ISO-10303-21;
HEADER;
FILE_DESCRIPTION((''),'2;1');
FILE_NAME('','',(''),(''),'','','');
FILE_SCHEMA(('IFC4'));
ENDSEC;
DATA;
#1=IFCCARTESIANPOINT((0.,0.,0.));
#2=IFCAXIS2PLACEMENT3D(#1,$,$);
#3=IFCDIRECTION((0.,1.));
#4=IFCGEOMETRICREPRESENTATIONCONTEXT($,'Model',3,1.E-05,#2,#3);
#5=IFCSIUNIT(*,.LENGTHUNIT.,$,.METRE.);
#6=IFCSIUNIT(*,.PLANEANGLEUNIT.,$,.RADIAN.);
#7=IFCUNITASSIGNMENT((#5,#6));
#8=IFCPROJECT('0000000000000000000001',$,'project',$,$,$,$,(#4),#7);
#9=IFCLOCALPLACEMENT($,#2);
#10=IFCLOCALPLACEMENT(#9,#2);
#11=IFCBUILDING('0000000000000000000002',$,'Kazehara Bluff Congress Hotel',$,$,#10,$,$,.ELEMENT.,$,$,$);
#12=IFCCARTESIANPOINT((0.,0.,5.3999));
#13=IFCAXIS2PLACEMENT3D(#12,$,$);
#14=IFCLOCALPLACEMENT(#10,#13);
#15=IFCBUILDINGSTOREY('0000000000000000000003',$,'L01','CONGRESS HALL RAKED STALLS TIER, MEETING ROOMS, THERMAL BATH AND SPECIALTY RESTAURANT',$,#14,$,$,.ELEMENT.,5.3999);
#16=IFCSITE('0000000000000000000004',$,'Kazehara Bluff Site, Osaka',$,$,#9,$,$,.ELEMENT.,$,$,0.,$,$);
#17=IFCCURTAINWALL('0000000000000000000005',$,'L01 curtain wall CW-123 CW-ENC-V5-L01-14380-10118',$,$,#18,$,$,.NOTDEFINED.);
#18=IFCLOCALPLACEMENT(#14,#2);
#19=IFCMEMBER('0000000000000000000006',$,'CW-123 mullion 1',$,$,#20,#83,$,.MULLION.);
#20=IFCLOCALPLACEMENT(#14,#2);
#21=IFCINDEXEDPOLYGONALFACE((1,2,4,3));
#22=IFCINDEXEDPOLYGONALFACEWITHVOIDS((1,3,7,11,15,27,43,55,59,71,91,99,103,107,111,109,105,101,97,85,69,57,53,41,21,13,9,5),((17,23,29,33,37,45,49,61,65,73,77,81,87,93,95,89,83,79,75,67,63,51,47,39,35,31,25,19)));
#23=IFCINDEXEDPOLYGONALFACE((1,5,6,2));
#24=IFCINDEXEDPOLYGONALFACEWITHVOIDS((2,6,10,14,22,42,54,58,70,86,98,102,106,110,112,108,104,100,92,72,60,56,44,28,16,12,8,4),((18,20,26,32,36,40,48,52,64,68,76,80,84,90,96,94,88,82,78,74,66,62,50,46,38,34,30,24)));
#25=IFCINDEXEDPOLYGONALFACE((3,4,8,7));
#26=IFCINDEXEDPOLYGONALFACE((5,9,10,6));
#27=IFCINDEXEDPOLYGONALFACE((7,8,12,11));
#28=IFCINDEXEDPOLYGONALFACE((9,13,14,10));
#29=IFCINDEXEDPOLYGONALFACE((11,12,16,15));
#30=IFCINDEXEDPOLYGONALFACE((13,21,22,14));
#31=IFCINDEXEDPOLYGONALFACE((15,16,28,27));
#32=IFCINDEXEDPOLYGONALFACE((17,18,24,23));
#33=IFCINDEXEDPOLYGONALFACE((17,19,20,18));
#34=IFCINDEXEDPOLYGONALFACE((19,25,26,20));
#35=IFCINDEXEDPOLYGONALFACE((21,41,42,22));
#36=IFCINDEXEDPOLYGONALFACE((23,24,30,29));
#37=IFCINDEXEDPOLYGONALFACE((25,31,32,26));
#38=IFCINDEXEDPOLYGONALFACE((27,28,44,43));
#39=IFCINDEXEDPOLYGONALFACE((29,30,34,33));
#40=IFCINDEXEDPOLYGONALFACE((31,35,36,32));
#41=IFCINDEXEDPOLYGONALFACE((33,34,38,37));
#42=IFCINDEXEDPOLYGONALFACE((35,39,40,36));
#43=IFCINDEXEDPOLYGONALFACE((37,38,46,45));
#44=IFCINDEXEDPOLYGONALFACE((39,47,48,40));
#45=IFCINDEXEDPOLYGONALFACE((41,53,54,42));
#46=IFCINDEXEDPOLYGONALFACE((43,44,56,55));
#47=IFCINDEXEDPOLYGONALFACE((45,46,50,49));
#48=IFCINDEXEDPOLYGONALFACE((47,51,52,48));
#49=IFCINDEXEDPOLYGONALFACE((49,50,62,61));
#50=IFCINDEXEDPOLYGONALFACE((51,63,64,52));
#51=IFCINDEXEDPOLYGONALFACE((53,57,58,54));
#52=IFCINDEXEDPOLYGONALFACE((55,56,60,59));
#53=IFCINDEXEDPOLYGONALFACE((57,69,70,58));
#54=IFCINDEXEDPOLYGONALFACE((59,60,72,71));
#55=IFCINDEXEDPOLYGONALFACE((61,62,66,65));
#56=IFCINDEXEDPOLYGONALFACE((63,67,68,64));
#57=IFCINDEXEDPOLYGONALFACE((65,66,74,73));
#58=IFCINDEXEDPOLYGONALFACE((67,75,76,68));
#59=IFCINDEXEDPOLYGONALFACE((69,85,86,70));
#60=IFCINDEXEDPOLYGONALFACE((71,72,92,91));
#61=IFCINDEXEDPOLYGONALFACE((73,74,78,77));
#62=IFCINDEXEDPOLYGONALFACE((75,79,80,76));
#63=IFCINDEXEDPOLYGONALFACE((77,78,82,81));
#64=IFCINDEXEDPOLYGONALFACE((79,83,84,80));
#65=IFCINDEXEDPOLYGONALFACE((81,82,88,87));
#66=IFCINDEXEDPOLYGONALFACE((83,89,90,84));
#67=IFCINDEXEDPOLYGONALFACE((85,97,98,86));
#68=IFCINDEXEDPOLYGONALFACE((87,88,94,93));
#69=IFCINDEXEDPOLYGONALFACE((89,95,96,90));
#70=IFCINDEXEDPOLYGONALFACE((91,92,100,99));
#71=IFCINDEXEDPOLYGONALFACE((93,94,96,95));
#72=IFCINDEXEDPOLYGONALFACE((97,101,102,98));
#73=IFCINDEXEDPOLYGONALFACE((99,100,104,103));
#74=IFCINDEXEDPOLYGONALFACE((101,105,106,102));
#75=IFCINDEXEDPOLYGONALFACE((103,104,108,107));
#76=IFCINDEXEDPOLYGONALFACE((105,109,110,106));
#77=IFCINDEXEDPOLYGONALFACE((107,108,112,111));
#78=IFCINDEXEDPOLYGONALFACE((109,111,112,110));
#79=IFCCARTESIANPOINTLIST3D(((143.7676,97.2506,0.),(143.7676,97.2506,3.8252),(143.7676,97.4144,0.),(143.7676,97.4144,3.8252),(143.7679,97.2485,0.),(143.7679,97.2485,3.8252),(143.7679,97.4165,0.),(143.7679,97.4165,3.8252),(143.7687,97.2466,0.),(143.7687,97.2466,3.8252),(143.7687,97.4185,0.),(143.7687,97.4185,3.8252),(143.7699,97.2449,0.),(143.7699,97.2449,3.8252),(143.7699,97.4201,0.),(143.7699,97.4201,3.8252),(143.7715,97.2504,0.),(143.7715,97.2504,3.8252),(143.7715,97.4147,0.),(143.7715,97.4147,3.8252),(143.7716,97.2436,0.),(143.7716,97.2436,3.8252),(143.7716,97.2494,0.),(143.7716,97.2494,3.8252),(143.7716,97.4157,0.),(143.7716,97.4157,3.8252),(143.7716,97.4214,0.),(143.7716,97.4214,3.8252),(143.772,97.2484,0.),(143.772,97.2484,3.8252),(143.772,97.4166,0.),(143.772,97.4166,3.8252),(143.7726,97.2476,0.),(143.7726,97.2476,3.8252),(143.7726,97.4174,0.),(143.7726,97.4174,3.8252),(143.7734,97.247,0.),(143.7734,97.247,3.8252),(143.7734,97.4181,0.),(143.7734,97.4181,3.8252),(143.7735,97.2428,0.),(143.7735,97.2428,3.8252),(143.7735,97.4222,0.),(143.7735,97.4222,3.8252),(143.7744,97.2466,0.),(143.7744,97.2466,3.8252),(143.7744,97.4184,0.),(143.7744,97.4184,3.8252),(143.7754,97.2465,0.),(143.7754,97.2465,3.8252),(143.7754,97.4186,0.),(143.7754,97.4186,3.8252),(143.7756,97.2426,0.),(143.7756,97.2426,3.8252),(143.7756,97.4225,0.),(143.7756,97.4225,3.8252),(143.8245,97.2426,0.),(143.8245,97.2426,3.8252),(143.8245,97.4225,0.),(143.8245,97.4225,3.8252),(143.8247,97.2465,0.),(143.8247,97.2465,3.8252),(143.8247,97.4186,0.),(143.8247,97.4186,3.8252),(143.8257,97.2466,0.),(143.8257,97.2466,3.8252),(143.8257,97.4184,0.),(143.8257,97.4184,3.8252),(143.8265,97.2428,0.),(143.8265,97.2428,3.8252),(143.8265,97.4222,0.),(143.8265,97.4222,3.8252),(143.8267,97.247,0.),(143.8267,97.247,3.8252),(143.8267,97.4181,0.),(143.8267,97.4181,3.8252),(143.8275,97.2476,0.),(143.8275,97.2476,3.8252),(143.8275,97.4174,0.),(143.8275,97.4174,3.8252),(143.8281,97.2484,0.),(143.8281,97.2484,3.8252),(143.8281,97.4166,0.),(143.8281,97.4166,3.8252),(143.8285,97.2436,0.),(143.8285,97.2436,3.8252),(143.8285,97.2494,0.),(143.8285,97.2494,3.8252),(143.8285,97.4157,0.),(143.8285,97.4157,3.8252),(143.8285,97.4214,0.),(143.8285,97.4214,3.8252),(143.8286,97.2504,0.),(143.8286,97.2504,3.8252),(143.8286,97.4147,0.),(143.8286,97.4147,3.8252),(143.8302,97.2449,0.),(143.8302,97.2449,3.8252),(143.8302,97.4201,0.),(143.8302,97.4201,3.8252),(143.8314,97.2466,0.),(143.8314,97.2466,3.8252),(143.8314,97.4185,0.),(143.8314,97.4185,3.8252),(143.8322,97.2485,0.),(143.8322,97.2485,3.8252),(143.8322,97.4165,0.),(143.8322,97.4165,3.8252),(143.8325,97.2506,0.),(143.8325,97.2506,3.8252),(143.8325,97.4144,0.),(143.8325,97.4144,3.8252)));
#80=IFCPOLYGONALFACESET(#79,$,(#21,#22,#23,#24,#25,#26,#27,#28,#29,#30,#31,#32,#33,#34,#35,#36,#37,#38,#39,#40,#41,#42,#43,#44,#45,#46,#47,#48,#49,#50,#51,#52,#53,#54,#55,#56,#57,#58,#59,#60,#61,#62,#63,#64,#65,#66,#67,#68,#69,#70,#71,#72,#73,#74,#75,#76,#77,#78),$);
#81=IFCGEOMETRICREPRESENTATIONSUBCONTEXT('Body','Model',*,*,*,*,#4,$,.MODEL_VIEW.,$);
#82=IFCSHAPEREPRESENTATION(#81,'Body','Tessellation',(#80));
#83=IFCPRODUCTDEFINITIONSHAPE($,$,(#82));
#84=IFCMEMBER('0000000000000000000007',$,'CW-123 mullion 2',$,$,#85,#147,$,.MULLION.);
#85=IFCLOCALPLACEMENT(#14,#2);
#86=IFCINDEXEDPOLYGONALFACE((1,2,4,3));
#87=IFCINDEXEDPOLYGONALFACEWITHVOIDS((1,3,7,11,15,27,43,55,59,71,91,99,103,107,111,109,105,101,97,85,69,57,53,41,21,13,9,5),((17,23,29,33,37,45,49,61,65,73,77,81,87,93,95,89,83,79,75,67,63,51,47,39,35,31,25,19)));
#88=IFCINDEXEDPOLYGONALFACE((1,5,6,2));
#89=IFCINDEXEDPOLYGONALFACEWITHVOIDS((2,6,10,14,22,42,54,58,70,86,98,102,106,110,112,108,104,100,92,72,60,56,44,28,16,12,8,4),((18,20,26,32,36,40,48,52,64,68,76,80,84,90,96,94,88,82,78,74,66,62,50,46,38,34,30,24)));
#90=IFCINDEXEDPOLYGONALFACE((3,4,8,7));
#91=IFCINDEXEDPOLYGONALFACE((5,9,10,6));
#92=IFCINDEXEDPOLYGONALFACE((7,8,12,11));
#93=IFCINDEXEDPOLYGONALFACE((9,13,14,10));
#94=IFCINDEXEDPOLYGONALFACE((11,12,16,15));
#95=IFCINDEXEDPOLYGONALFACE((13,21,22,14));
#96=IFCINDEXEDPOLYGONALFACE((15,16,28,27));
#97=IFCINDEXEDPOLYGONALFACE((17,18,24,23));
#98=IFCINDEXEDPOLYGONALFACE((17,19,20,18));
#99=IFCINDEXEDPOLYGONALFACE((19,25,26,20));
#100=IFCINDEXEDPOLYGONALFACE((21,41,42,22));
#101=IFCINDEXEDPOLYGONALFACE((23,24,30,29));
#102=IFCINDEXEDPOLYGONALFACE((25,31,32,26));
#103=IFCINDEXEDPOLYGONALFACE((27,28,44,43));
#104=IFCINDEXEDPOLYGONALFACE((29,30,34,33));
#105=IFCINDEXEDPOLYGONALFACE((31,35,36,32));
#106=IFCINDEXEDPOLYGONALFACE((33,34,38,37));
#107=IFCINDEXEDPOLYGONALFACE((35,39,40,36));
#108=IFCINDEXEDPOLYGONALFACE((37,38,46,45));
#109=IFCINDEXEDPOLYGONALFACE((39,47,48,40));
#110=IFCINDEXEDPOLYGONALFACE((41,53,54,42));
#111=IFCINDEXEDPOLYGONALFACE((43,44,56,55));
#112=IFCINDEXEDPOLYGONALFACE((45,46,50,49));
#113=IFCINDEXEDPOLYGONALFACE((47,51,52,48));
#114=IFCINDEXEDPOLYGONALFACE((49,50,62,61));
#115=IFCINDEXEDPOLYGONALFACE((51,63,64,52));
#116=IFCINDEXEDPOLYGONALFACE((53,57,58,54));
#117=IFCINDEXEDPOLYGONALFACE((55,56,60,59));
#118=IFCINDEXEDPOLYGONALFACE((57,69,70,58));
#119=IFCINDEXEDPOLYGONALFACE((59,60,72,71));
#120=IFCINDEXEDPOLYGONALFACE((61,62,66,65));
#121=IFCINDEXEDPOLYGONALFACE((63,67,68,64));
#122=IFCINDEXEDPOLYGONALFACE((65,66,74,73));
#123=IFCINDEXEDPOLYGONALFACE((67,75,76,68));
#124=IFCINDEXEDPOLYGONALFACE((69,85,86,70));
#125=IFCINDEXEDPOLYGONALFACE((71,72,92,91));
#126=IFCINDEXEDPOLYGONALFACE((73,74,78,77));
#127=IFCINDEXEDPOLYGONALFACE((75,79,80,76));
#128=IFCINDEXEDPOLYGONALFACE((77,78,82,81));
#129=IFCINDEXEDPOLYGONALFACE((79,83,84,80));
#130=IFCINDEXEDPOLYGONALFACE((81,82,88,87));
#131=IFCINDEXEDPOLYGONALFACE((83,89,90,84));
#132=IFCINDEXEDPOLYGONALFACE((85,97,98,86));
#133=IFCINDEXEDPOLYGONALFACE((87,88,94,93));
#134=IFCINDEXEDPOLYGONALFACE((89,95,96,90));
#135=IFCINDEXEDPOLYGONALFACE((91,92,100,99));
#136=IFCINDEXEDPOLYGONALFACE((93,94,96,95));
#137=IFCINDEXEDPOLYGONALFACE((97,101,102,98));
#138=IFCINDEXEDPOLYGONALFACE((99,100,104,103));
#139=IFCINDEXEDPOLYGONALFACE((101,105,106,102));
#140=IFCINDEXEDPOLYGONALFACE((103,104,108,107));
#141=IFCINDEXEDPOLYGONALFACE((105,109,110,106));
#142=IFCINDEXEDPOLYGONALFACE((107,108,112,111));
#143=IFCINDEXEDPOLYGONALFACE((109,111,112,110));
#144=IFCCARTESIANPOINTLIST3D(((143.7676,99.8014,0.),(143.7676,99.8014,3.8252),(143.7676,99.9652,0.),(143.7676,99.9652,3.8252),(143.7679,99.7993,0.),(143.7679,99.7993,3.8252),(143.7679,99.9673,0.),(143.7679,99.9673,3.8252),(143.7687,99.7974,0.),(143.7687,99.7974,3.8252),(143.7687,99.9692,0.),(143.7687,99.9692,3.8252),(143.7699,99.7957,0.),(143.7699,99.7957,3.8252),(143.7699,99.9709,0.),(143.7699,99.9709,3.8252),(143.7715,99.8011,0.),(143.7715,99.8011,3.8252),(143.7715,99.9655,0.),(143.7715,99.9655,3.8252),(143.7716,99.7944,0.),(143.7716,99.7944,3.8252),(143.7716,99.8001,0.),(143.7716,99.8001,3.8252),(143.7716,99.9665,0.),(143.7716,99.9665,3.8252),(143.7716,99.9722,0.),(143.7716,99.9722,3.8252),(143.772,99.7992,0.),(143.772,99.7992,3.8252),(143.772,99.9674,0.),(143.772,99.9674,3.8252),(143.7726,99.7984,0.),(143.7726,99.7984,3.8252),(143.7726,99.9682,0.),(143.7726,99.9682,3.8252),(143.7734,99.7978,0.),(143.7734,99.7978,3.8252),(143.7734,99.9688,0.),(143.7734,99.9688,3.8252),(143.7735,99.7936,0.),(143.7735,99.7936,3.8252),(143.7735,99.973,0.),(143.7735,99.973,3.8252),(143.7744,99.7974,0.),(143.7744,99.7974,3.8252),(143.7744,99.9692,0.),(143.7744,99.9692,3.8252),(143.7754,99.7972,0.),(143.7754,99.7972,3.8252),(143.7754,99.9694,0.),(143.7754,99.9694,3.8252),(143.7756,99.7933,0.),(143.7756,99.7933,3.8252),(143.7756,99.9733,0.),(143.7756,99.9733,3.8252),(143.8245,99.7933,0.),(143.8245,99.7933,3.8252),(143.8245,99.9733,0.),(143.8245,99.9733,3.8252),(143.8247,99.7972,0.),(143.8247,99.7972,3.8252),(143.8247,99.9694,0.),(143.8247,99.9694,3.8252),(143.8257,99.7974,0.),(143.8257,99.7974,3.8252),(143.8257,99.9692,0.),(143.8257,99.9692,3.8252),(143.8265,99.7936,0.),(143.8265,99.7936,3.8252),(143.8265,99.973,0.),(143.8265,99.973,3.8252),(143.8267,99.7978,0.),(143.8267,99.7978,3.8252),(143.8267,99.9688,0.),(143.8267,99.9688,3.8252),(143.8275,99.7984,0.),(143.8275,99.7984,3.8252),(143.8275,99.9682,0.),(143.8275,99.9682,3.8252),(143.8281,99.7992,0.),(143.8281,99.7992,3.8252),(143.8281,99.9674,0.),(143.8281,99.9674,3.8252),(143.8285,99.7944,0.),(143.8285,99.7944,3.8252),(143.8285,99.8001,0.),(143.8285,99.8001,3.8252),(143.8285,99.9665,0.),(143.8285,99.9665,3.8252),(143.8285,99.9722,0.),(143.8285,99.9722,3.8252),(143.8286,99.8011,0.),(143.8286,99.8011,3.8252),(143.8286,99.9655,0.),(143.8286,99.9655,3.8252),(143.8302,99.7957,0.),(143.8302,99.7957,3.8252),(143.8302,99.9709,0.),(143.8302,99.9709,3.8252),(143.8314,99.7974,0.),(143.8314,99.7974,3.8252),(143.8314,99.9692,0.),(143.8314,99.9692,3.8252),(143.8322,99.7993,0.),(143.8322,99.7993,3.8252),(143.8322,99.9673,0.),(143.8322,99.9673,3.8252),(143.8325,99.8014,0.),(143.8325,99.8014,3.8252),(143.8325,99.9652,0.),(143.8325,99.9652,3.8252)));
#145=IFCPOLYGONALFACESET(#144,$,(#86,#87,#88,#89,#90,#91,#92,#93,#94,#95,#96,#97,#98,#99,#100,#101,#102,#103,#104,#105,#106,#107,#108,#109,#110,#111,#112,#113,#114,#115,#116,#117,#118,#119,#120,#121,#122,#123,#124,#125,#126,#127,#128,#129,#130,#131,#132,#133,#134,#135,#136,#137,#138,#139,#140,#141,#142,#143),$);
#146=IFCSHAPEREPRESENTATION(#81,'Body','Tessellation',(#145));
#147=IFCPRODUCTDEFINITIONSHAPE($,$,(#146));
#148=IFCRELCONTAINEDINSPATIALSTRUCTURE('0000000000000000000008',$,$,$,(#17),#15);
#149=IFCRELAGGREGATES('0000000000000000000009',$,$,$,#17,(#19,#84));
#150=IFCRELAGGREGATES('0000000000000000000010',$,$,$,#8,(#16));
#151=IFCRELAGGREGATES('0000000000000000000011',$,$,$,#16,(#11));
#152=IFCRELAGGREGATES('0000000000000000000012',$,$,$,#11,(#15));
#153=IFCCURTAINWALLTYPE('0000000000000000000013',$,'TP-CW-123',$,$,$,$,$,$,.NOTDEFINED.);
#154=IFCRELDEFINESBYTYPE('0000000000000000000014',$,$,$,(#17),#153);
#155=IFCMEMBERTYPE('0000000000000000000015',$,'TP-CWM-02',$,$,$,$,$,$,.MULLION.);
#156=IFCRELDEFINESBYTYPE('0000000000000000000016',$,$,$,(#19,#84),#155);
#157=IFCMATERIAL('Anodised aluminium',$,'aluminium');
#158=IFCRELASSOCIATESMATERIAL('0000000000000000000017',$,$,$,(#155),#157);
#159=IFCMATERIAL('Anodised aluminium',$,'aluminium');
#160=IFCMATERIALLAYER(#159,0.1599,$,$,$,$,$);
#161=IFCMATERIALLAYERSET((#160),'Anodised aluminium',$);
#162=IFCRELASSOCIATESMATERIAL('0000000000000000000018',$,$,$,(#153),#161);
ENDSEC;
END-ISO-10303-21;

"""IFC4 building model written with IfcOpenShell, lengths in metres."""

from ifc_helpers import new_model, si_unit, direction, frame, origin, origin_2d, place, context, subcontext, project, spatial, hollow_rectangle, extrude, material, layer, layer_set, material_profile, profile_set, type_object, element, aggregate, save


model = new_model("IFC4")

# Units and contexts
model_context = context("Model", 3, precision=1e-05, world=origin(), true_north=direction((0.0, 1.0)))
body_context = subcontext(model_context, "Body", "Model", "MODEL_VIEW")
ifc_project = project(units=[si_unit("LENGTHUNIT", "METRE"), si_unit("PLANEANGLEUNIT", "RADIAN")], contexts=[model_context])

# Site, building, storey
site_placement = place(None, origin())
site = spatial("IfcSite", under=ifc_project, at=site_placement, Name="Kazehara Bluff Site, Osaka", CompositionType="ELEMENT", RefElevation=0.0)
building_placement = place(site_placement, origin())
building = spatial("IfcBuilding", under=site, at=building_placement, Name="Kazehara Bluff Congress Hotel", CompositionType="ELEMENT")
storey_placement = place(building_placement, frame((0.0, 0.0, 5.3999)))
storey = spatial("IfcBuildingStorey", under=building, at=storey_placement, Name="L01", Description="CONGRESS HALL RAKED STALLS TIER, MEETING ROOMS, THERMAL BATH AND SPECIALTY RESTAURANT", CompositionType="ELEMENT", Elevation=5.3999)

# Curtain wall, members
ifc_material_1 = material(Name="Anodised aluminium", Category="aluminium")
ifc_material_profile_1 = material_profile(ifc_material_1, hollow_rectangle(XDim=0.0649, YDim=0.1799, WallThickness=0.0039, InnerFilletRadius=0.0039, OuterFilletRadius=0.0081, at=origin_2d()))
ifc_profile_set_1 = profile_set([ifc_material_profile_1], Name="Anodised aluminium")
member_type_1 = type_object("IfcMemberType", Name="TP-CWM-02", PredefinedType="MULLION", material=ifc_profile_set_1)
ifc_material_2 = material(Name="Anodised aluminium", Category="aluminium")
ifc_layer_1 = layer(ifc_material_2, 0.1599)
ifc_layer_set_1 = layer_set([ifc_layer_1], Name="Anodised aluminium")
curtain_wall_type_1 = type_object("IfcCurtainWallType", Name="TP-CW-123", PredefinedType="NOTDEFINED", material=ifc_layer_set_1)
curtain_wall_1_placement = place(storey_placement, origin())
curtain_wall_1 = element("IfcCurtainWall", 1, at=curtain_wall_1_placement, inside=storey, type_object=curtain_wall_type_1, Name="L01 curtain wall CW-123 CW-ENC-V5-L01-14380-10118", PredefinedType="NOTDEFINED")
member_1_placement = place(storey_placement, frame((143.8, 97.3325, 0.0), z_axis=(0.0, 0.0, 1.0), x_axis=(-1.0, 0.0, 0.0)))
member_1 = element("IfcMember", 2, at=member_1_placement, type_object=member_type_1, Name="CW-123 mullion 1", PredefinedType="MULLION", context=body_context, shape_type="SweptSolid", body=[
    extrude(hollow_rectangle(XDim=0.0649, YDim=0.1799, WallThickness=0.0039, InnerFilletRadius=0.0039, OuterFilletRadius=0.0081, at=origin_2d()), origin(), (0.0, 0.0, 1.0), 3.8252),
])
member_2_placement = place(storey_placement, frame((143.8, 99.8833, 0.0), z_axis=(0.0, 0.0, 1.0), x_axis=(-1.0, 0.0, 0.0)))
member_2 = element("IfcMember", 3, at=member_2_placement, type_object=member_type_1, Name="CW-123 mullion 2", PredefinedType="MULLION", context=body_context, shape_type="SweptSolid", body=[
    extrude(hollow_rectangle(XDim=0.0649, YDim=0.1799, WallThickness=0.0039, InnerFilletRadius=0.0039, OuterFilletRadius=0.0081, at=origin_2d()), origin(), (0.0, 0.0, 1.0), 3.8252),
])

aggregate(curtain_wall_1, [member_1, member_2])

save(model, "model.ifc")
